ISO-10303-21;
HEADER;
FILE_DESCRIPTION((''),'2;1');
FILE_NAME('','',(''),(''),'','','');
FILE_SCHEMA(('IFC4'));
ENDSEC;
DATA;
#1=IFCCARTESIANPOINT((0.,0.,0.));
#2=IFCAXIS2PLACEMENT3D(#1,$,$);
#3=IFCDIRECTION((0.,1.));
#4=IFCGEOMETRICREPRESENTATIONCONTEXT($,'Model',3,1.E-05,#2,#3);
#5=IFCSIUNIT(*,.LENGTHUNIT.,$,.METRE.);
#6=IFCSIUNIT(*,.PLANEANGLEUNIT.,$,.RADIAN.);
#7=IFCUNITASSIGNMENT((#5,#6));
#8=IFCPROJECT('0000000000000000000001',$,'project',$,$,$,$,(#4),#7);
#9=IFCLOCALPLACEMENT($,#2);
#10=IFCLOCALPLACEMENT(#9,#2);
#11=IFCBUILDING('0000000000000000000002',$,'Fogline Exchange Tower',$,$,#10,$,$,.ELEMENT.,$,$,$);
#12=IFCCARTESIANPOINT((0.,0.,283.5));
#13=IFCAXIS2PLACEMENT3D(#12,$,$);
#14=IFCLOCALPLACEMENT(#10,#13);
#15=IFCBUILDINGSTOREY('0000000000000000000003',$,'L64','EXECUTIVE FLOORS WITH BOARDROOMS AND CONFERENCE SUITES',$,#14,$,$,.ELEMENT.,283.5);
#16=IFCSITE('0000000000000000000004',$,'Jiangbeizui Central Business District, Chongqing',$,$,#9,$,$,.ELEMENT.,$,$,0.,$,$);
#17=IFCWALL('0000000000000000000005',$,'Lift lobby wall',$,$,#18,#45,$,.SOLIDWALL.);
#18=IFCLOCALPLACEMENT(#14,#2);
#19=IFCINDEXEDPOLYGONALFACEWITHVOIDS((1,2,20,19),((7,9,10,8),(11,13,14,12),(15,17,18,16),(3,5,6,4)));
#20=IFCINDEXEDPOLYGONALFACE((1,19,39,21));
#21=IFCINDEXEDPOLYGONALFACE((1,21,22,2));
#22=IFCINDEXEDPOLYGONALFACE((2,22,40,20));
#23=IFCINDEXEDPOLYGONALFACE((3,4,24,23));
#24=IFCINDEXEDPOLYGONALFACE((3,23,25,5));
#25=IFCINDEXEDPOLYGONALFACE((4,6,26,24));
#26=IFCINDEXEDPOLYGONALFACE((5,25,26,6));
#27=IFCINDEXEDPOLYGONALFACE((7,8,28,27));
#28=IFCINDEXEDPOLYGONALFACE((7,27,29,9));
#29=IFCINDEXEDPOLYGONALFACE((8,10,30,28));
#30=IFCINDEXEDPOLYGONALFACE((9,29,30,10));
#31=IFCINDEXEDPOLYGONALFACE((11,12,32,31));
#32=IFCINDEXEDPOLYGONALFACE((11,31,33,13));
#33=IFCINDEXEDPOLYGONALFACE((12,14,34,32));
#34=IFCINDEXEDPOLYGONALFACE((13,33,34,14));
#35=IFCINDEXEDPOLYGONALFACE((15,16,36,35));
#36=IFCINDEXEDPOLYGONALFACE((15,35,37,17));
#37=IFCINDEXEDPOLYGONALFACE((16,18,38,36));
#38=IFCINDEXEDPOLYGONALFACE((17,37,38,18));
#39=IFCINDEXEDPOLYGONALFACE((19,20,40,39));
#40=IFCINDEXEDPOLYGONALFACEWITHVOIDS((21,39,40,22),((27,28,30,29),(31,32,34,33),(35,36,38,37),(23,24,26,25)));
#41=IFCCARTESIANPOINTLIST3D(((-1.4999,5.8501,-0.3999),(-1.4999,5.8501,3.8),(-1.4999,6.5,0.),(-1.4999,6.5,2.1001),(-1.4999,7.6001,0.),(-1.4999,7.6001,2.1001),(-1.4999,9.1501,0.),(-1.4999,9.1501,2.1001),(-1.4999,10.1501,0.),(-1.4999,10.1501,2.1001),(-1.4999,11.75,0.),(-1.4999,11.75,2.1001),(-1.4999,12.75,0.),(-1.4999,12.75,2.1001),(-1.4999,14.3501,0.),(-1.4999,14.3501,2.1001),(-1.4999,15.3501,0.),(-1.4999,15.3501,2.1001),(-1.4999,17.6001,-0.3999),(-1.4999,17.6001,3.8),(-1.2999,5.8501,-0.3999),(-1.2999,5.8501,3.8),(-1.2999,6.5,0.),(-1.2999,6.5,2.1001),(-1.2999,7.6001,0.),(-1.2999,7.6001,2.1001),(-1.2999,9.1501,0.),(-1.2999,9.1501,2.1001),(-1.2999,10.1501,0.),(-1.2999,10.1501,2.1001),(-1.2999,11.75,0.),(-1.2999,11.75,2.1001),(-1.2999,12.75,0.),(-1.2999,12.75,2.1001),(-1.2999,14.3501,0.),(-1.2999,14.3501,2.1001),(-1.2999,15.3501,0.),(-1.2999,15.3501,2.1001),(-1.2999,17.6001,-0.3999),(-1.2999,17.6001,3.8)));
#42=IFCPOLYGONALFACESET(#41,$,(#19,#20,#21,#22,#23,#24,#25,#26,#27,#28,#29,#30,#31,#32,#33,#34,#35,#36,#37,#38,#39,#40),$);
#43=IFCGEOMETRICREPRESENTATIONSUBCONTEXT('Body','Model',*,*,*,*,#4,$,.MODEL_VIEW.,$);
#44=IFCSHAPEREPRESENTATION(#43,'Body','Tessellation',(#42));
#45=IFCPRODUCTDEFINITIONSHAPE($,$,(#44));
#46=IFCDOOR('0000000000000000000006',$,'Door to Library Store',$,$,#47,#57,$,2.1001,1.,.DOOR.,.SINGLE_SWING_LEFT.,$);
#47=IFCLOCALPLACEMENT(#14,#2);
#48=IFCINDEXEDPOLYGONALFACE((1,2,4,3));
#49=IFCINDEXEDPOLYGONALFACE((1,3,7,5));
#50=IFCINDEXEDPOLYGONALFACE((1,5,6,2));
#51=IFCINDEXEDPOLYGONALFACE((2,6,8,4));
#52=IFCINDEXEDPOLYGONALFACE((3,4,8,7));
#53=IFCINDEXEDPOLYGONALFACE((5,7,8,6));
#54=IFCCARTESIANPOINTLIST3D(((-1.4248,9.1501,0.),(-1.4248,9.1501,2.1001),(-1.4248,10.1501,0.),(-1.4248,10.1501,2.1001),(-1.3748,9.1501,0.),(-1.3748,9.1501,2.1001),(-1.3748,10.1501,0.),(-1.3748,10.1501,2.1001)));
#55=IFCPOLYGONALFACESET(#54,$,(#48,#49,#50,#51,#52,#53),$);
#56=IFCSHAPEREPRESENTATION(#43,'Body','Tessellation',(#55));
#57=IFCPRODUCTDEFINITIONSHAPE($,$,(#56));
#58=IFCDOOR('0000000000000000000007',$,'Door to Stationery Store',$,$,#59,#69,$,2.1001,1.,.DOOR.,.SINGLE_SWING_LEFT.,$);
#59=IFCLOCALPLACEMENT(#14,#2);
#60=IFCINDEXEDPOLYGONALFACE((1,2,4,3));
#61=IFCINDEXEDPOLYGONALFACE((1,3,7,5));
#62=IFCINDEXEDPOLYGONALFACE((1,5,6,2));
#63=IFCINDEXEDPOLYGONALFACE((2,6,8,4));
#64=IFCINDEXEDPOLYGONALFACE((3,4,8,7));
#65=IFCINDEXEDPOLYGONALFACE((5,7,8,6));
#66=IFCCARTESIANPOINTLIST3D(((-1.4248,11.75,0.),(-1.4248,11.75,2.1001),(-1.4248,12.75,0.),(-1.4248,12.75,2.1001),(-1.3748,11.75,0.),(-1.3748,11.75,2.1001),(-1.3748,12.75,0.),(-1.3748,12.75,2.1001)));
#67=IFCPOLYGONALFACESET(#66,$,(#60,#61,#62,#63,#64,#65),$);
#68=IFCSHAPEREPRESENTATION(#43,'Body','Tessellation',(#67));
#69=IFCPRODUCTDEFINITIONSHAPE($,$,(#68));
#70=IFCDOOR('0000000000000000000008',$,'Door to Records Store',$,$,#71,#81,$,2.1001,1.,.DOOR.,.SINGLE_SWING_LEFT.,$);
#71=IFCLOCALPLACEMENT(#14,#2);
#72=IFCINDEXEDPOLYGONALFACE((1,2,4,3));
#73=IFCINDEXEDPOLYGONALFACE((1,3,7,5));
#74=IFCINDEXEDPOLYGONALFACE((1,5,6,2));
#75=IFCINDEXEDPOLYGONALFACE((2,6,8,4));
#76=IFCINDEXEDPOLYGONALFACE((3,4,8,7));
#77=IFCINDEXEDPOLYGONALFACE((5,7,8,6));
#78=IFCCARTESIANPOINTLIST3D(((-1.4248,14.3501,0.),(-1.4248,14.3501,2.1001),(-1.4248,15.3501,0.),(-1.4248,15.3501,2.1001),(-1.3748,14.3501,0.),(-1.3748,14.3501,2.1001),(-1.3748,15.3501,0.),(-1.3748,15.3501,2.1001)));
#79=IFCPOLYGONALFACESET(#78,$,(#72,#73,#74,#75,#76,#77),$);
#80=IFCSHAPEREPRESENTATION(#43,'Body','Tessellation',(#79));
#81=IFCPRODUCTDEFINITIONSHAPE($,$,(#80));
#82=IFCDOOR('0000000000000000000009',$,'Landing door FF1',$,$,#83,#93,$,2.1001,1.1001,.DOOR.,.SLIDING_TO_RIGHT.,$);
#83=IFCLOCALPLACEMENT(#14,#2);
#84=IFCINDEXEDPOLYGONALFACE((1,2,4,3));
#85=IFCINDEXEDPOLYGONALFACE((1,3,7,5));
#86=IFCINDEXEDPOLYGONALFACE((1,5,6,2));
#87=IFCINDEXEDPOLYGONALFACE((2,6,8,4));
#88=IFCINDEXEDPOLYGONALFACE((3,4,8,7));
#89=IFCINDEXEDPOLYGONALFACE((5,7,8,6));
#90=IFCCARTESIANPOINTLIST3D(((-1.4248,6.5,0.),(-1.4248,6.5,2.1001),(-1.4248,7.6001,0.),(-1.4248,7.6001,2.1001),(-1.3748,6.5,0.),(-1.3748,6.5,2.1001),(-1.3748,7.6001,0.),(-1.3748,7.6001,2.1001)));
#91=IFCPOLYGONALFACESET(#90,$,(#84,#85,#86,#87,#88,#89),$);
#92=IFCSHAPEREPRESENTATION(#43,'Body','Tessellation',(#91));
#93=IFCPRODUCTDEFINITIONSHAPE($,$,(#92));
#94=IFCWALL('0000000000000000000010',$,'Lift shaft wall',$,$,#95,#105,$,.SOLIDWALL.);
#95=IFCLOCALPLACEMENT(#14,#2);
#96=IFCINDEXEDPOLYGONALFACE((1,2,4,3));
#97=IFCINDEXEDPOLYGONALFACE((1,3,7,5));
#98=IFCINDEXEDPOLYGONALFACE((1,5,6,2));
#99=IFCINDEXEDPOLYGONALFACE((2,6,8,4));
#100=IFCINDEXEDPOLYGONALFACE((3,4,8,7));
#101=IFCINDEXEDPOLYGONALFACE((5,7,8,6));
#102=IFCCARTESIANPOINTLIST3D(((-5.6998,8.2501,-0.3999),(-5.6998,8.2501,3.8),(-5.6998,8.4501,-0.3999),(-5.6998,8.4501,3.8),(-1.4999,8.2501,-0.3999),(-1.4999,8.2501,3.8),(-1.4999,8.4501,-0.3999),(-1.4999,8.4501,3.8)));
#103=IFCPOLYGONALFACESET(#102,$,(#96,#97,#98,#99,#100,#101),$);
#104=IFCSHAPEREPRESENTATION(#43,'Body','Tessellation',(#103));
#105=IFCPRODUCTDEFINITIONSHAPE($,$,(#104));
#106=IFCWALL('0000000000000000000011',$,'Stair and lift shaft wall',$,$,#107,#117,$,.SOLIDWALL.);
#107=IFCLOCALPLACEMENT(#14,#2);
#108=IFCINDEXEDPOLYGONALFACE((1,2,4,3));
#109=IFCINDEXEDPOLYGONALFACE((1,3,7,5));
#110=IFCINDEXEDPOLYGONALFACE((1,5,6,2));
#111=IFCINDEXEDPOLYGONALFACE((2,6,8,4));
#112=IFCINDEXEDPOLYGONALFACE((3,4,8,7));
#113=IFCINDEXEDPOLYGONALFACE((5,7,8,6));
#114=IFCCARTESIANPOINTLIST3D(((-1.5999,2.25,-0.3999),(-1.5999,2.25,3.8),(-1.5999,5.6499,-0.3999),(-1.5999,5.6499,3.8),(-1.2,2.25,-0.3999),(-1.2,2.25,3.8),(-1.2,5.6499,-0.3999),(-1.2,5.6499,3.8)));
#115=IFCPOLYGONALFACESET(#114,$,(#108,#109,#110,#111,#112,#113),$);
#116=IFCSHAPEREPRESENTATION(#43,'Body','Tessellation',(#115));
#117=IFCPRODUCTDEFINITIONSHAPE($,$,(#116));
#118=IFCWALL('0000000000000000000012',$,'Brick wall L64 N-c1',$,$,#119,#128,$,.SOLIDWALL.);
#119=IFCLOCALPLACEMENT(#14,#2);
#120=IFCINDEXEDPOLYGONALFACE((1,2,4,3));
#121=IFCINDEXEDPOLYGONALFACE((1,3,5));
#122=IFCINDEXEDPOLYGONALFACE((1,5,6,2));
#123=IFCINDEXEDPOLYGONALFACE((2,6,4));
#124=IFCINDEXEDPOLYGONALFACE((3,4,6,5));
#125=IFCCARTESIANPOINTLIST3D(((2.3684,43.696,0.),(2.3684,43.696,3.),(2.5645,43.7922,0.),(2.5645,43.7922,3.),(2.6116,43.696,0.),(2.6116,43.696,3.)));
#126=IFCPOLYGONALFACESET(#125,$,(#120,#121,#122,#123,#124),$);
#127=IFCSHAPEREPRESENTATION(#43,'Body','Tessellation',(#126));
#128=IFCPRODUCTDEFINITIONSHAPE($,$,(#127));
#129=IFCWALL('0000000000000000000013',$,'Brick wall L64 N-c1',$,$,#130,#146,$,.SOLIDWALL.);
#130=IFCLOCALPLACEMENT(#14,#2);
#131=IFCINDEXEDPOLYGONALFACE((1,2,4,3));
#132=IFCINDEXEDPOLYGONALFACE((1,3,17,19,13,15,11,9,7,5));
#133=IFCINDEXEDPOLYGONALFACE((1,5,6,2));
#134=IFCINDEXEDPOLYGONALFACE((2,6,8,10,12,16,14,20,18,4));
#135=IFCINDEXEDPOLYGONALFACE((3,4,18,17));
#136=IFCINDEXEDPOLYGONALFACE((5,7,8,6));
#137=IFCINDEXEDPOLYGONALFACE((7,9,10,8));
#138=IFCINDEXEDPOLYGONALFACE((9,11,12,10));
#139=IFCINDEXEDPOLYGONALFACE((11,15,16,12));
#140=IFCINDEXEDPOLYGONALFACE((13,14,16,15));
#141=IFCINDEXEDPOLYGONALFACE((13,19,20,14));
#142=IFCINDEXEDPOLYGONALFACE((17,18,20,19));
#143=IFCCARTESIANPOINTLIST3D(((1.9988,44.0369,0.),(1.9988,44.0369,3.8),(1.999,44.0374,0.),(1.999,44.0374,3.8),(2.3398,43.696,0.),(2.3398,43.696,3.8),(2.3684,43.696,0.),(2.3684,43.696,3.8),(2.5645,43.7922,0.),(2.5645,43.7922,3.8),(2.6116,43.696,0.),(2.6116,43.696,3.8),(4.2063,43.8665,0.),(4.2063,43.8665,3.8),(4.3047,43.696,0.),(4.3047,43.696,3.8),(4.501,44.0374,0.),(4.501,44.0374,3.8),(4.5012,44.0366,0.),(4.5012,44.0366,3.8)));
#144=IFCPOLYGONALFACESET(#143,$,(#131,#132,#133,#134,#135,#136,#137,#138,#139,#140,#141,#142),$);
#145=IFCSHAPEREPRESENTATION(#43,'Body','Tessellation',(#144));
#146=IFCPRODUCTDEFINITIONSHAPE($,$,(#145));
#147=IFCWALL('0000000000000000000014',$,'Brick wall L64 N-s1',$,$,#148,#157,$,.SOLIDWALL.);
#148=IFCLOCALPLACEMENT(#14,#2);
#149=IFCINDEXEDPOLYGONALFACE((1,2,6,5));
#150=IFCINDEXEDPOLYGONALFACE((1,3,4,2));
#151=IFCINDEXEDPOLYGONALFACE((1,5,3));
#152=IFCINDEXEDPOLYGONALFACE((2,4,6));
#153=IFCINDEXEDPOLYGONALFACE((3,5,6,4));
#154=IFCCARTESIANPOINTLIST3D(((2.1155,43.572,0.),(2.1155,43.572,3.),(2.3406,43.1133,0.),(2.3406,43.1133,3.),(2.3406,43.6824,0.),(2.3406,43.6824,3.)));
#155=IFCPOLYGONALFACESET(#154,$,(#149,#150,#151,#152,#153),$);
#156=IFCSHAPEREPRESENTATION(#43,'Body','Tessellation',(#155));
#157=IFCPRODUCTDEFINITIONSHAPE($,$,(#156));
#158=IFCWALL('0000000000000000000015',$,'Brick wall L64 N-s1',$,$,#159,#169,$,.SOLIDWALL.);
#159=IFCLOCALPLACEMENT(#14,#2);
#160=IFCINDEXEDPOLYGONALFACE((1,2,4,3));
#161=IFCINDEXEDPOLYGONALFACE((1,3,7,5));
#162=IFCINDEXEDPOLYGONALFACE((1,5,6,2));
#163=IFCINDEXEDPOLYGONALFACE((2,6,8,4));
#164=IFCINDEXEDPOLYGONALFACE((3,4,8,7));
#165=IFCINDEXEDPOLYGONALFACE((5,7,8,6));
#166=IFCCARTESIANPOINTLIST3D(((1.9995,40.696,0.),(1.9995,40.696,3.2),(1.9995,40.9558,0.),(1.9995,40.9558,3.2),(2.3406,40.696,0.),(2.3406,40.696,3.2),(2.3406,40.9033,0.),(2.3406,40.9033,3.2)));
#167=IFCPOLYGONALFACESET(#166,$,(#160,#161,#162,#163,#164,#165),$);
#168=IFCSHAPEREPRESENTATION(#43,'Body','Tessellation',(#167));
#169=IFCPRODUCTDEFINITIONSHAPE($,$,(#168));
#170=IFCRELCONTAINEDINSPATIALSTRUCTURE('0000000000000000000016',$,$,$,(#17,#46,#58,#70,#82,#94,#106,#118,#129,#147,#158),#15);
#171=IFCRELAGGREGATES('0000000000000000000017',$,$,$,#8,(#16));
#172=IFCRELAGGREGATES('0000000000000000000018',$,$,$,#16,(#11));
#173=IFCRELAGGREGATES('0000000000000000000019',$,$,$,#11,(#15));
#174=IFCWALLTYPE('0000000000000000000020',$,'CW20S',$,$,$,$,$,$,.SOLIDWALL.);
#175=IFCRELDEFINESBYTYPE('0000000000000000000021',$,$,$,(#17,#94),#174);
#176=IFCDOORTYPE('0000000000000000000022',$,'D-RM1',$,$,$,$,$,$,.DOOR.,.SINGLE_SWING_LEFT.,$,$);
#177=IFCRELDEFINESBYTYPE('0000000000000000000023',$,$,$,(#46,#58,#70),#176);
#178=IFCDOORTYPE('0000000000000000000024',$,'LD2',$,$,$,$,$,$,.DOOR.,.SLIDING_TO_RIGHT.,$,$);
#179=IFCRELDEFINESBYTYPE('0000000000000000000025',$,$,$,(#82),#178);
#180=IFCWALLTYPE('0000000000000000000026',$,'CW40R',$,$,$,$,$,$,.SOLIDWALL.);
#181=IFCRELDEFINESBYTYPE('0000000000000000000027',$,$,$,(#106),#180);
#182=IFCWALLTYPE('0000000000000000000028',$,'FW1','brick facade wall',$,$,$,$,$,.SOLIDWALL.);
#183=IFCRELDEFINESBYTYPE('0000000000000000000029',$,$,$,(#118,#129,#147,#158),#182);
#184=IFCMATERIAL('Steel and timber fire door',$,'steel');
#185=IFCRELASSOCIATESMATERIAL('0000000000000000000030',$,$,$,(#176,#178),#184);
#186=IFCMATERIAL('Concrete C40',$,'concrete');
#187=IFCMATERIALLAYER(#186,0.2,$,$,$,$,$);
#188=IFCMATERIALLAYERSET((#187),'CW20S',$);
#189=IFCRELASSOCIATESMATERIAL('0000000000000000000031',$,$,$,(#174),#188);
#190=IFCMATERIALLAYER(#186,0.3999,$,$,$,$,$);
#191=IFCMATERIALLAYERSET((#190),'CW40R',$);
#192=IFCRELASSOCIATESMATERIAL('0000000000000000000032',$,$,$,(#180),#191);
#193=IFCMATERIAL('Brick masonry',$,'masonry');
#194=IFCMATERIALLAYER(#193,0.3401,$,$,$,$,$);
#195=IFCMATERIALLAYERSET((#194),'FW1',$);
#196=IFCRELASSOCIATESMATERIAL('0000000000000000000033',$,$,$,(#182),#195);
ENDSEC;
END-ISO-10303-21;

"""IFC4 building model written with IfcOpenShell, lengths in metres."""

from ifc_helpers import new_model, si_unit, direction, frame, frame_2d, origin, place, context, subcontext, project, spatial, polyline, rectangle, outline, extrude, material, layer, layer_set, type_object, element, fill, save


model = new_model("IFC4")

# Units and contexts
model_context = context("Model", 3, precision=1e-05, world=origin(), true_north=direction((0.0, 1.0)))
body_context = subcontext(model_context, "Body", "Model", "MODEL_VIEW")
ifc_project = project(units=[si_unit("LENGTHUNIT", "METRE"), si_unit("PLANEANGLEUNIT", "RADIAN")], contexts=[model_context])

# Site, building, storey
site_placement = place(None, origin())
site = spatial("IfcSite", under=ifc_project, at=site_placement, Name="Jiangbeizui Central Business District, Chongqing", CompositionType="ELEMENT", RefElevation=0.0)
building_placement = place(site_placement, origin())
building = spatial("IfcBuilding", under=site, at=building_placement, Name="Fogline Exchange Tower", CompositionType="ELEMENT")
storey_placement = place(building_placement, frame((0.0, 0.0, 283.5)))
storey = spatial("IfcBuildingStorey", under=building, at=storey_placement, Name="L64", Description="EXECUTIVE FLOORS WITH BOARDROOMS AND CONFERENCE SUITES", CompositionType="ELEMENT", Elevation=283.5)

# Shared definitions
ifc_material_1 = material(Name="Steel and timber fire door", Category="steel")

# Shared definitions
ifc_material_2 = material(Name="Concrete C40", Category="concrete")
door_type_1 = type_object("IfcDoorType", Name="D-RM1", OperationType="SINGLE_SWING_LEFT", PredefinedType="DOOR", material=ifc_material_1)

# Shared definitions
ifc_layer_1 = layer(ifc_material_2, 0.2)
ifc_layer_set_1 = layer_set([ifc_layer_1], Name="CW20S")
wall_type_1 = type_object("IfcWallType", Name="CW20S", PredefinedType="SOLIDWALL", material=ifc_layer_set_1)

# Wall, openings, doors
wall_1_placement = place(storey_placement, frame((-1.3999, 5.8501, -0.3999), z_axis=(0.0, 0.0, 1.0), x_axis=(0.0, 1.0, 0.0)))
wall_1 = element("IfcWall", 1, at=wall_1_placement, inside=storey, type_object=wall_type_1, Name="Lift lobby wall", PredefinedType="SOLIDWALL", context=body_context, shape_type="SweptSolid", body=[
    extrude(rectangle(XDim=11.75, YDim=0.2, at=frame_2d((5.875, 0.0))), origin(), (0.0, 0.0, 1.0), 4.2),
])
opening_1_placement = place(wall_1_placement, frame((0.6499, 0.0, 0.3999)))
opening_1 = element("IfcOpeningElement", 2, at=opening_1_placement, cuts=wall_1, PredefinedType="OPENING", context=body_context, shape_type="SweptSolid", body=[
    extrude(rectangle(XDim=1.1001, YDim=2.1001, at=frame_2d((0.55, 1.05))), frame((0.0, 0.1099, 0.0), z_axis=(0.0, -1.0, 0.0), x_axis=(1.0, 0.0, 0.0)), (0.0, 0.0, 1.0), 0.22),
])
opening_2_placement = place(wall_1_placement, frame((3.3, 0.0, 0.3999)))
opening_2 = element("IfcOpeningElement", 3, at=opening_2_placement, cuts=wall_1, PredefinedType="OPENING", context=body_context, shape_type="SweptSolid", body=[
    extrude(rectangle(XDim=1.0, YDim=2.1001, at=frame_2d((0.5, 1.05))), frame((0.0, 0.1099, 0.0), z_axis=(0.0, -1.0, 0.0), x_axis=(1.0, 0.0, 0.0)), (0.0, 0.0, 1.0), 0.22),
])
opening_3_placement = place(wall_1_placement, frame((5.8999, 0.0, 0.3999)))
opening_3 = element("IfcOpeningElement", 4, at=opening_3_placement, cuts=wall_1, PredefinedType="OPENING", context=body_context, shape_type="SweptSolid", body=[
    extrude(rectangle(XDim=1.0, YDim=2.1001, at=frame_2d((0.5, 1.05))), frame((0.0, 0.1099, 0.0), z_axis=(0.0, -1.0, 0.0), x_axis=(1.0, 0.0, 0.0)), (0.0, 0.0, 1.0), 0.22),
])
opening_4_placement = place(wall_1_placement, frame((8.5, 0.0, 0.3999)))
opening_4 = element("IfcOpeningElement", 5, at=opening_4_placement, cuts=wall_1, PredefinedType="OPENING", context=body_context, shape_type="SweptSolid", body=[
    extrude(rectangle(XDim=1.0, YDim=2.1001, at=frame_2d((0.5, 1.05))), frame((0.0, 0.1099, 0.0), z_axis=(0.0, -1.0, 0.0), x_axis=(1.0, 0.0, 0.0)), (0.0, 0.0, 1.0), 0.22),
])
door_1_placement = place(opening_2_placement, origin())
door_1 = element("IfcDoor", 6, at=door_1_placement, inside=storey, type_object=door_type_1, Name="Door to Library Store", OperationType="SINGLE_SWING_LEFT", OverallHeight=2.1001, OverallWidth=1.0, PredefinedType="DOOR", context=body_context, shape_type="SweptSolid", body=[
    extrude(rectangle(XDim=1.0, YDim=2.1001, at=frame_2d((0.5, 1.05))), frame((0.0, 0.0249, 0.0), z_axis=(0.0, -1.0, 0.0), x_axis=(1.0, 0.0, 0.0)), (0.0, 0.0, 1.0), 0.05),
])
fill(opening_2, door_1)
door_2_placement = place(opening_3_placement, origin())
door_2 = element("IfcDoor", 7, at=door_2_placement, inside=storey, type_object=door_type_1, Name="Door to Stationery Store", OperationType="SINGLE_SWING_LEFT", OverallHeight=2.1001, OverallWidth=1.0, PredefinedType="DOOR", context=body_context, shape_type="SweptSolid", body=[
    extrude(rectangle(XDim=1.0, YDim=2.1001, at=frame_2d((0.5, 1.05))), frame((0.0, 0.0249, 0.0), z_axis=(0.0, -1.0, 0.0), x_axis=(1.0, 0.0, 0.0)), (0.0, 0.0, 1.0), 0.05),
])
fill(opening_3, door_2)
door_3_placement = place(opening_4_placement, origin())
door_3 = element("IfcDoor", 8, at=door_3_placement, inside=storey, type_object=door_type_1, Name="Door to Records Store", OperationType="SINGLE_SWING_LEFT", OverallHeight=2.1001, OverallWidth=1.0, PredefinedType="DOOR", context=body_context, shape_type="SweptSolid", body=[
    extrude(rectangle(XDim=1.0, YDim=2.1001, at=frame_2d((0.5, 1.05))), frame((0.0, 0.0249, 0.0), z_axis=(0.0, -1.0, 0.0), x_axis=(1.0, 0.0, 0.0)), (0.0, 0.0, 1.0), 0.05),
])
fill(opening_4, door_3)
door_type_2 = type_object("IfcDoorType", Name="LD2", OperationType="SLIDING_TO_RIGHT", PredefinedType="DOOR", material=ifc_material_1)
door_4_placement = place(opening_1_placement, origin())
door_4 = element("IfcDoor", 9, at=door_4_placement, inside=storey, type_object=door_type_2, Name="Landing door FF1", OperationType="SLIDING_TO_RIGHT", OverallHeight=2.1001, OverallWidth=1.1001, PredefinedType="DOOR", context=body_context, shape_type="SweptSolid", body=[
    extrude(rectangle(XDim=1.1001, YDim=2.1001, at=frame_2d((0.55, 1.05))), frame((0.0, 0.0249, 0.0), z_axis=(0.0, -1.0, 0.0), x_axis=(1.0, 0.0, 0.0)), (0.0, 0.0, 1.0), 0.05),
])
fill(opening_1, door_4)

# Walls
wall_2_placement = place(storey_placement, frame((-5.7, 8.3501, -0.3999), z_axis=(0.0, 0.0, 1.0), x_axis=(1.0, 0.0, 0.0)))
element("IfcWall", 10, at=wall_2_placement, inside=storey, type_object=wall_type_1, Name="Lift shaft wall", PredefinedType="SOLIDWALL", context=body_context, shape_type="SweptSolid", body=[
    extrude(rectangle(XDim=4.2, YDim=0.2, at=frame_2d((2.1001, 0.0))), origin(), (0.0, 0.0, 1.0), 4.2),
])
ifc_layer_2 = layer(ifc_material_2, 0.3999)
ifc_layer_set_2 = layer_set([ifc_layer_2], Name="CW40R")
wall_type_2 = type_object("IfcWallType", Name="CW40R", PredefinedType="SOLIDWALL", material=ifc_layer_set_2)
wall_3_placement = place(storey_placement, frame((-1.3999, 2.25, -0.3999), z_axis=(0.0, 0.0, 1.0), x_axis=(0.0, 1.0, 0.0)))
element("IfcWall", 11, at=wall_3_placement, inside=storey, type_object=wall_type_2, Name="Stair and lift shaft wall", PredefinedType="SOLIDWALL", context=body_context, shape_type="SweptSolid", body=[
    extrude(rectangle(XDim=3.3999, YDim=0.3999, at=frame_2d((1.7, 0.0))), origin(), (0.0, 0.0, 1.0), 4.2),
])
ifc_material_3 = material(Name="Brick masonry", Category="masonry")
ifc_layer_3 = layer(ifc_material_3, 0.3401)
ifc_layer_set_3 = layer_set([ifc_layer_3], Name="FW1")
wall_type_3 = type_object("IfcWallType", Name="FW1", Description="brick facade wall", PredefinedType="SOLIDWALL", material=ifc_layer_set_3)
wall_4_placement = place(storey_placement, origin())
element("IfcWall", 12, at=wall_4_placement, inside=storey, type_object=wall_type_3, Name="Brick wall L64 N-c1", PredefinedType="SOLIDWALL", context=body_context, shape_type="SweptSolid", body=[
    extrude(outline(polyline([(2.3684, 43.696), (2.5645, 43.7922), (2.6116, 43.696), (2.3684, 43.696)])), origin(), (0.0, 0.0, 1.0), 3.0),
])
wall_5_placement = place(storey_placement, origin())
element("IfcWall", 13, at=wall_5_placement, inside=storey, type_object=wall_type_3, Name="Brick wall L64 N-c1", PredefinedType="SOLIDWALL", context=body_context, shape_type="SweptSolid", body=[
    extrude(outline(polyline([(4.501, 44.0374), (4.5012, 44.0366), (4.2063, 43.8665), (4.3047, 43.696), (2.6116, 43.696), (2.5645, 43.7922), (2.3684, 43.696), (2.3398, 43.696), (1.9988, 44.0369), (1.999, 44.0374), (4.501, 44.0374)])), origin(), (0.0, 0.0, 1.0), 3.8),
])
wall_6_placement = place(storey_placement, origin())
element("IfcWall", 14, at=wall_6_placement, inside=storey, type_object=wall_type_3, Name="Brick wall L64 N-s1", PredefinedType="SOLIDWALL", context=body_context, shape_type="SweptSolid", body=[
    extrude(outline(polyline([(2.3406, 43.1133), (2.1155, 43.572), (2.3406, 43.6824), (2.3406, 43.1133)])), origin(), (0.0, 0.0, 1.0), 3.0),
])
wall_7_placement = place(storey_placement, origin())
element("IfcWall", 15, at=wall_7_placement, inside=storey, type_object=wall_type_3, Name="Brick wall L64 N-s1", PredefinedType="SOLIDWALL", context=body_context, shape_type="SweptSolid", body=[
    extrude(outline(polyline([(1.9995, 40.9558), (2.3406, 40.9033), (2.3406, 40.696), (1.9995, 40.696), (1.9995, 40.9558)])), origin(), (0.0, 0.0, 1.0), 3.2),
])

save(model, "model.ifc")
